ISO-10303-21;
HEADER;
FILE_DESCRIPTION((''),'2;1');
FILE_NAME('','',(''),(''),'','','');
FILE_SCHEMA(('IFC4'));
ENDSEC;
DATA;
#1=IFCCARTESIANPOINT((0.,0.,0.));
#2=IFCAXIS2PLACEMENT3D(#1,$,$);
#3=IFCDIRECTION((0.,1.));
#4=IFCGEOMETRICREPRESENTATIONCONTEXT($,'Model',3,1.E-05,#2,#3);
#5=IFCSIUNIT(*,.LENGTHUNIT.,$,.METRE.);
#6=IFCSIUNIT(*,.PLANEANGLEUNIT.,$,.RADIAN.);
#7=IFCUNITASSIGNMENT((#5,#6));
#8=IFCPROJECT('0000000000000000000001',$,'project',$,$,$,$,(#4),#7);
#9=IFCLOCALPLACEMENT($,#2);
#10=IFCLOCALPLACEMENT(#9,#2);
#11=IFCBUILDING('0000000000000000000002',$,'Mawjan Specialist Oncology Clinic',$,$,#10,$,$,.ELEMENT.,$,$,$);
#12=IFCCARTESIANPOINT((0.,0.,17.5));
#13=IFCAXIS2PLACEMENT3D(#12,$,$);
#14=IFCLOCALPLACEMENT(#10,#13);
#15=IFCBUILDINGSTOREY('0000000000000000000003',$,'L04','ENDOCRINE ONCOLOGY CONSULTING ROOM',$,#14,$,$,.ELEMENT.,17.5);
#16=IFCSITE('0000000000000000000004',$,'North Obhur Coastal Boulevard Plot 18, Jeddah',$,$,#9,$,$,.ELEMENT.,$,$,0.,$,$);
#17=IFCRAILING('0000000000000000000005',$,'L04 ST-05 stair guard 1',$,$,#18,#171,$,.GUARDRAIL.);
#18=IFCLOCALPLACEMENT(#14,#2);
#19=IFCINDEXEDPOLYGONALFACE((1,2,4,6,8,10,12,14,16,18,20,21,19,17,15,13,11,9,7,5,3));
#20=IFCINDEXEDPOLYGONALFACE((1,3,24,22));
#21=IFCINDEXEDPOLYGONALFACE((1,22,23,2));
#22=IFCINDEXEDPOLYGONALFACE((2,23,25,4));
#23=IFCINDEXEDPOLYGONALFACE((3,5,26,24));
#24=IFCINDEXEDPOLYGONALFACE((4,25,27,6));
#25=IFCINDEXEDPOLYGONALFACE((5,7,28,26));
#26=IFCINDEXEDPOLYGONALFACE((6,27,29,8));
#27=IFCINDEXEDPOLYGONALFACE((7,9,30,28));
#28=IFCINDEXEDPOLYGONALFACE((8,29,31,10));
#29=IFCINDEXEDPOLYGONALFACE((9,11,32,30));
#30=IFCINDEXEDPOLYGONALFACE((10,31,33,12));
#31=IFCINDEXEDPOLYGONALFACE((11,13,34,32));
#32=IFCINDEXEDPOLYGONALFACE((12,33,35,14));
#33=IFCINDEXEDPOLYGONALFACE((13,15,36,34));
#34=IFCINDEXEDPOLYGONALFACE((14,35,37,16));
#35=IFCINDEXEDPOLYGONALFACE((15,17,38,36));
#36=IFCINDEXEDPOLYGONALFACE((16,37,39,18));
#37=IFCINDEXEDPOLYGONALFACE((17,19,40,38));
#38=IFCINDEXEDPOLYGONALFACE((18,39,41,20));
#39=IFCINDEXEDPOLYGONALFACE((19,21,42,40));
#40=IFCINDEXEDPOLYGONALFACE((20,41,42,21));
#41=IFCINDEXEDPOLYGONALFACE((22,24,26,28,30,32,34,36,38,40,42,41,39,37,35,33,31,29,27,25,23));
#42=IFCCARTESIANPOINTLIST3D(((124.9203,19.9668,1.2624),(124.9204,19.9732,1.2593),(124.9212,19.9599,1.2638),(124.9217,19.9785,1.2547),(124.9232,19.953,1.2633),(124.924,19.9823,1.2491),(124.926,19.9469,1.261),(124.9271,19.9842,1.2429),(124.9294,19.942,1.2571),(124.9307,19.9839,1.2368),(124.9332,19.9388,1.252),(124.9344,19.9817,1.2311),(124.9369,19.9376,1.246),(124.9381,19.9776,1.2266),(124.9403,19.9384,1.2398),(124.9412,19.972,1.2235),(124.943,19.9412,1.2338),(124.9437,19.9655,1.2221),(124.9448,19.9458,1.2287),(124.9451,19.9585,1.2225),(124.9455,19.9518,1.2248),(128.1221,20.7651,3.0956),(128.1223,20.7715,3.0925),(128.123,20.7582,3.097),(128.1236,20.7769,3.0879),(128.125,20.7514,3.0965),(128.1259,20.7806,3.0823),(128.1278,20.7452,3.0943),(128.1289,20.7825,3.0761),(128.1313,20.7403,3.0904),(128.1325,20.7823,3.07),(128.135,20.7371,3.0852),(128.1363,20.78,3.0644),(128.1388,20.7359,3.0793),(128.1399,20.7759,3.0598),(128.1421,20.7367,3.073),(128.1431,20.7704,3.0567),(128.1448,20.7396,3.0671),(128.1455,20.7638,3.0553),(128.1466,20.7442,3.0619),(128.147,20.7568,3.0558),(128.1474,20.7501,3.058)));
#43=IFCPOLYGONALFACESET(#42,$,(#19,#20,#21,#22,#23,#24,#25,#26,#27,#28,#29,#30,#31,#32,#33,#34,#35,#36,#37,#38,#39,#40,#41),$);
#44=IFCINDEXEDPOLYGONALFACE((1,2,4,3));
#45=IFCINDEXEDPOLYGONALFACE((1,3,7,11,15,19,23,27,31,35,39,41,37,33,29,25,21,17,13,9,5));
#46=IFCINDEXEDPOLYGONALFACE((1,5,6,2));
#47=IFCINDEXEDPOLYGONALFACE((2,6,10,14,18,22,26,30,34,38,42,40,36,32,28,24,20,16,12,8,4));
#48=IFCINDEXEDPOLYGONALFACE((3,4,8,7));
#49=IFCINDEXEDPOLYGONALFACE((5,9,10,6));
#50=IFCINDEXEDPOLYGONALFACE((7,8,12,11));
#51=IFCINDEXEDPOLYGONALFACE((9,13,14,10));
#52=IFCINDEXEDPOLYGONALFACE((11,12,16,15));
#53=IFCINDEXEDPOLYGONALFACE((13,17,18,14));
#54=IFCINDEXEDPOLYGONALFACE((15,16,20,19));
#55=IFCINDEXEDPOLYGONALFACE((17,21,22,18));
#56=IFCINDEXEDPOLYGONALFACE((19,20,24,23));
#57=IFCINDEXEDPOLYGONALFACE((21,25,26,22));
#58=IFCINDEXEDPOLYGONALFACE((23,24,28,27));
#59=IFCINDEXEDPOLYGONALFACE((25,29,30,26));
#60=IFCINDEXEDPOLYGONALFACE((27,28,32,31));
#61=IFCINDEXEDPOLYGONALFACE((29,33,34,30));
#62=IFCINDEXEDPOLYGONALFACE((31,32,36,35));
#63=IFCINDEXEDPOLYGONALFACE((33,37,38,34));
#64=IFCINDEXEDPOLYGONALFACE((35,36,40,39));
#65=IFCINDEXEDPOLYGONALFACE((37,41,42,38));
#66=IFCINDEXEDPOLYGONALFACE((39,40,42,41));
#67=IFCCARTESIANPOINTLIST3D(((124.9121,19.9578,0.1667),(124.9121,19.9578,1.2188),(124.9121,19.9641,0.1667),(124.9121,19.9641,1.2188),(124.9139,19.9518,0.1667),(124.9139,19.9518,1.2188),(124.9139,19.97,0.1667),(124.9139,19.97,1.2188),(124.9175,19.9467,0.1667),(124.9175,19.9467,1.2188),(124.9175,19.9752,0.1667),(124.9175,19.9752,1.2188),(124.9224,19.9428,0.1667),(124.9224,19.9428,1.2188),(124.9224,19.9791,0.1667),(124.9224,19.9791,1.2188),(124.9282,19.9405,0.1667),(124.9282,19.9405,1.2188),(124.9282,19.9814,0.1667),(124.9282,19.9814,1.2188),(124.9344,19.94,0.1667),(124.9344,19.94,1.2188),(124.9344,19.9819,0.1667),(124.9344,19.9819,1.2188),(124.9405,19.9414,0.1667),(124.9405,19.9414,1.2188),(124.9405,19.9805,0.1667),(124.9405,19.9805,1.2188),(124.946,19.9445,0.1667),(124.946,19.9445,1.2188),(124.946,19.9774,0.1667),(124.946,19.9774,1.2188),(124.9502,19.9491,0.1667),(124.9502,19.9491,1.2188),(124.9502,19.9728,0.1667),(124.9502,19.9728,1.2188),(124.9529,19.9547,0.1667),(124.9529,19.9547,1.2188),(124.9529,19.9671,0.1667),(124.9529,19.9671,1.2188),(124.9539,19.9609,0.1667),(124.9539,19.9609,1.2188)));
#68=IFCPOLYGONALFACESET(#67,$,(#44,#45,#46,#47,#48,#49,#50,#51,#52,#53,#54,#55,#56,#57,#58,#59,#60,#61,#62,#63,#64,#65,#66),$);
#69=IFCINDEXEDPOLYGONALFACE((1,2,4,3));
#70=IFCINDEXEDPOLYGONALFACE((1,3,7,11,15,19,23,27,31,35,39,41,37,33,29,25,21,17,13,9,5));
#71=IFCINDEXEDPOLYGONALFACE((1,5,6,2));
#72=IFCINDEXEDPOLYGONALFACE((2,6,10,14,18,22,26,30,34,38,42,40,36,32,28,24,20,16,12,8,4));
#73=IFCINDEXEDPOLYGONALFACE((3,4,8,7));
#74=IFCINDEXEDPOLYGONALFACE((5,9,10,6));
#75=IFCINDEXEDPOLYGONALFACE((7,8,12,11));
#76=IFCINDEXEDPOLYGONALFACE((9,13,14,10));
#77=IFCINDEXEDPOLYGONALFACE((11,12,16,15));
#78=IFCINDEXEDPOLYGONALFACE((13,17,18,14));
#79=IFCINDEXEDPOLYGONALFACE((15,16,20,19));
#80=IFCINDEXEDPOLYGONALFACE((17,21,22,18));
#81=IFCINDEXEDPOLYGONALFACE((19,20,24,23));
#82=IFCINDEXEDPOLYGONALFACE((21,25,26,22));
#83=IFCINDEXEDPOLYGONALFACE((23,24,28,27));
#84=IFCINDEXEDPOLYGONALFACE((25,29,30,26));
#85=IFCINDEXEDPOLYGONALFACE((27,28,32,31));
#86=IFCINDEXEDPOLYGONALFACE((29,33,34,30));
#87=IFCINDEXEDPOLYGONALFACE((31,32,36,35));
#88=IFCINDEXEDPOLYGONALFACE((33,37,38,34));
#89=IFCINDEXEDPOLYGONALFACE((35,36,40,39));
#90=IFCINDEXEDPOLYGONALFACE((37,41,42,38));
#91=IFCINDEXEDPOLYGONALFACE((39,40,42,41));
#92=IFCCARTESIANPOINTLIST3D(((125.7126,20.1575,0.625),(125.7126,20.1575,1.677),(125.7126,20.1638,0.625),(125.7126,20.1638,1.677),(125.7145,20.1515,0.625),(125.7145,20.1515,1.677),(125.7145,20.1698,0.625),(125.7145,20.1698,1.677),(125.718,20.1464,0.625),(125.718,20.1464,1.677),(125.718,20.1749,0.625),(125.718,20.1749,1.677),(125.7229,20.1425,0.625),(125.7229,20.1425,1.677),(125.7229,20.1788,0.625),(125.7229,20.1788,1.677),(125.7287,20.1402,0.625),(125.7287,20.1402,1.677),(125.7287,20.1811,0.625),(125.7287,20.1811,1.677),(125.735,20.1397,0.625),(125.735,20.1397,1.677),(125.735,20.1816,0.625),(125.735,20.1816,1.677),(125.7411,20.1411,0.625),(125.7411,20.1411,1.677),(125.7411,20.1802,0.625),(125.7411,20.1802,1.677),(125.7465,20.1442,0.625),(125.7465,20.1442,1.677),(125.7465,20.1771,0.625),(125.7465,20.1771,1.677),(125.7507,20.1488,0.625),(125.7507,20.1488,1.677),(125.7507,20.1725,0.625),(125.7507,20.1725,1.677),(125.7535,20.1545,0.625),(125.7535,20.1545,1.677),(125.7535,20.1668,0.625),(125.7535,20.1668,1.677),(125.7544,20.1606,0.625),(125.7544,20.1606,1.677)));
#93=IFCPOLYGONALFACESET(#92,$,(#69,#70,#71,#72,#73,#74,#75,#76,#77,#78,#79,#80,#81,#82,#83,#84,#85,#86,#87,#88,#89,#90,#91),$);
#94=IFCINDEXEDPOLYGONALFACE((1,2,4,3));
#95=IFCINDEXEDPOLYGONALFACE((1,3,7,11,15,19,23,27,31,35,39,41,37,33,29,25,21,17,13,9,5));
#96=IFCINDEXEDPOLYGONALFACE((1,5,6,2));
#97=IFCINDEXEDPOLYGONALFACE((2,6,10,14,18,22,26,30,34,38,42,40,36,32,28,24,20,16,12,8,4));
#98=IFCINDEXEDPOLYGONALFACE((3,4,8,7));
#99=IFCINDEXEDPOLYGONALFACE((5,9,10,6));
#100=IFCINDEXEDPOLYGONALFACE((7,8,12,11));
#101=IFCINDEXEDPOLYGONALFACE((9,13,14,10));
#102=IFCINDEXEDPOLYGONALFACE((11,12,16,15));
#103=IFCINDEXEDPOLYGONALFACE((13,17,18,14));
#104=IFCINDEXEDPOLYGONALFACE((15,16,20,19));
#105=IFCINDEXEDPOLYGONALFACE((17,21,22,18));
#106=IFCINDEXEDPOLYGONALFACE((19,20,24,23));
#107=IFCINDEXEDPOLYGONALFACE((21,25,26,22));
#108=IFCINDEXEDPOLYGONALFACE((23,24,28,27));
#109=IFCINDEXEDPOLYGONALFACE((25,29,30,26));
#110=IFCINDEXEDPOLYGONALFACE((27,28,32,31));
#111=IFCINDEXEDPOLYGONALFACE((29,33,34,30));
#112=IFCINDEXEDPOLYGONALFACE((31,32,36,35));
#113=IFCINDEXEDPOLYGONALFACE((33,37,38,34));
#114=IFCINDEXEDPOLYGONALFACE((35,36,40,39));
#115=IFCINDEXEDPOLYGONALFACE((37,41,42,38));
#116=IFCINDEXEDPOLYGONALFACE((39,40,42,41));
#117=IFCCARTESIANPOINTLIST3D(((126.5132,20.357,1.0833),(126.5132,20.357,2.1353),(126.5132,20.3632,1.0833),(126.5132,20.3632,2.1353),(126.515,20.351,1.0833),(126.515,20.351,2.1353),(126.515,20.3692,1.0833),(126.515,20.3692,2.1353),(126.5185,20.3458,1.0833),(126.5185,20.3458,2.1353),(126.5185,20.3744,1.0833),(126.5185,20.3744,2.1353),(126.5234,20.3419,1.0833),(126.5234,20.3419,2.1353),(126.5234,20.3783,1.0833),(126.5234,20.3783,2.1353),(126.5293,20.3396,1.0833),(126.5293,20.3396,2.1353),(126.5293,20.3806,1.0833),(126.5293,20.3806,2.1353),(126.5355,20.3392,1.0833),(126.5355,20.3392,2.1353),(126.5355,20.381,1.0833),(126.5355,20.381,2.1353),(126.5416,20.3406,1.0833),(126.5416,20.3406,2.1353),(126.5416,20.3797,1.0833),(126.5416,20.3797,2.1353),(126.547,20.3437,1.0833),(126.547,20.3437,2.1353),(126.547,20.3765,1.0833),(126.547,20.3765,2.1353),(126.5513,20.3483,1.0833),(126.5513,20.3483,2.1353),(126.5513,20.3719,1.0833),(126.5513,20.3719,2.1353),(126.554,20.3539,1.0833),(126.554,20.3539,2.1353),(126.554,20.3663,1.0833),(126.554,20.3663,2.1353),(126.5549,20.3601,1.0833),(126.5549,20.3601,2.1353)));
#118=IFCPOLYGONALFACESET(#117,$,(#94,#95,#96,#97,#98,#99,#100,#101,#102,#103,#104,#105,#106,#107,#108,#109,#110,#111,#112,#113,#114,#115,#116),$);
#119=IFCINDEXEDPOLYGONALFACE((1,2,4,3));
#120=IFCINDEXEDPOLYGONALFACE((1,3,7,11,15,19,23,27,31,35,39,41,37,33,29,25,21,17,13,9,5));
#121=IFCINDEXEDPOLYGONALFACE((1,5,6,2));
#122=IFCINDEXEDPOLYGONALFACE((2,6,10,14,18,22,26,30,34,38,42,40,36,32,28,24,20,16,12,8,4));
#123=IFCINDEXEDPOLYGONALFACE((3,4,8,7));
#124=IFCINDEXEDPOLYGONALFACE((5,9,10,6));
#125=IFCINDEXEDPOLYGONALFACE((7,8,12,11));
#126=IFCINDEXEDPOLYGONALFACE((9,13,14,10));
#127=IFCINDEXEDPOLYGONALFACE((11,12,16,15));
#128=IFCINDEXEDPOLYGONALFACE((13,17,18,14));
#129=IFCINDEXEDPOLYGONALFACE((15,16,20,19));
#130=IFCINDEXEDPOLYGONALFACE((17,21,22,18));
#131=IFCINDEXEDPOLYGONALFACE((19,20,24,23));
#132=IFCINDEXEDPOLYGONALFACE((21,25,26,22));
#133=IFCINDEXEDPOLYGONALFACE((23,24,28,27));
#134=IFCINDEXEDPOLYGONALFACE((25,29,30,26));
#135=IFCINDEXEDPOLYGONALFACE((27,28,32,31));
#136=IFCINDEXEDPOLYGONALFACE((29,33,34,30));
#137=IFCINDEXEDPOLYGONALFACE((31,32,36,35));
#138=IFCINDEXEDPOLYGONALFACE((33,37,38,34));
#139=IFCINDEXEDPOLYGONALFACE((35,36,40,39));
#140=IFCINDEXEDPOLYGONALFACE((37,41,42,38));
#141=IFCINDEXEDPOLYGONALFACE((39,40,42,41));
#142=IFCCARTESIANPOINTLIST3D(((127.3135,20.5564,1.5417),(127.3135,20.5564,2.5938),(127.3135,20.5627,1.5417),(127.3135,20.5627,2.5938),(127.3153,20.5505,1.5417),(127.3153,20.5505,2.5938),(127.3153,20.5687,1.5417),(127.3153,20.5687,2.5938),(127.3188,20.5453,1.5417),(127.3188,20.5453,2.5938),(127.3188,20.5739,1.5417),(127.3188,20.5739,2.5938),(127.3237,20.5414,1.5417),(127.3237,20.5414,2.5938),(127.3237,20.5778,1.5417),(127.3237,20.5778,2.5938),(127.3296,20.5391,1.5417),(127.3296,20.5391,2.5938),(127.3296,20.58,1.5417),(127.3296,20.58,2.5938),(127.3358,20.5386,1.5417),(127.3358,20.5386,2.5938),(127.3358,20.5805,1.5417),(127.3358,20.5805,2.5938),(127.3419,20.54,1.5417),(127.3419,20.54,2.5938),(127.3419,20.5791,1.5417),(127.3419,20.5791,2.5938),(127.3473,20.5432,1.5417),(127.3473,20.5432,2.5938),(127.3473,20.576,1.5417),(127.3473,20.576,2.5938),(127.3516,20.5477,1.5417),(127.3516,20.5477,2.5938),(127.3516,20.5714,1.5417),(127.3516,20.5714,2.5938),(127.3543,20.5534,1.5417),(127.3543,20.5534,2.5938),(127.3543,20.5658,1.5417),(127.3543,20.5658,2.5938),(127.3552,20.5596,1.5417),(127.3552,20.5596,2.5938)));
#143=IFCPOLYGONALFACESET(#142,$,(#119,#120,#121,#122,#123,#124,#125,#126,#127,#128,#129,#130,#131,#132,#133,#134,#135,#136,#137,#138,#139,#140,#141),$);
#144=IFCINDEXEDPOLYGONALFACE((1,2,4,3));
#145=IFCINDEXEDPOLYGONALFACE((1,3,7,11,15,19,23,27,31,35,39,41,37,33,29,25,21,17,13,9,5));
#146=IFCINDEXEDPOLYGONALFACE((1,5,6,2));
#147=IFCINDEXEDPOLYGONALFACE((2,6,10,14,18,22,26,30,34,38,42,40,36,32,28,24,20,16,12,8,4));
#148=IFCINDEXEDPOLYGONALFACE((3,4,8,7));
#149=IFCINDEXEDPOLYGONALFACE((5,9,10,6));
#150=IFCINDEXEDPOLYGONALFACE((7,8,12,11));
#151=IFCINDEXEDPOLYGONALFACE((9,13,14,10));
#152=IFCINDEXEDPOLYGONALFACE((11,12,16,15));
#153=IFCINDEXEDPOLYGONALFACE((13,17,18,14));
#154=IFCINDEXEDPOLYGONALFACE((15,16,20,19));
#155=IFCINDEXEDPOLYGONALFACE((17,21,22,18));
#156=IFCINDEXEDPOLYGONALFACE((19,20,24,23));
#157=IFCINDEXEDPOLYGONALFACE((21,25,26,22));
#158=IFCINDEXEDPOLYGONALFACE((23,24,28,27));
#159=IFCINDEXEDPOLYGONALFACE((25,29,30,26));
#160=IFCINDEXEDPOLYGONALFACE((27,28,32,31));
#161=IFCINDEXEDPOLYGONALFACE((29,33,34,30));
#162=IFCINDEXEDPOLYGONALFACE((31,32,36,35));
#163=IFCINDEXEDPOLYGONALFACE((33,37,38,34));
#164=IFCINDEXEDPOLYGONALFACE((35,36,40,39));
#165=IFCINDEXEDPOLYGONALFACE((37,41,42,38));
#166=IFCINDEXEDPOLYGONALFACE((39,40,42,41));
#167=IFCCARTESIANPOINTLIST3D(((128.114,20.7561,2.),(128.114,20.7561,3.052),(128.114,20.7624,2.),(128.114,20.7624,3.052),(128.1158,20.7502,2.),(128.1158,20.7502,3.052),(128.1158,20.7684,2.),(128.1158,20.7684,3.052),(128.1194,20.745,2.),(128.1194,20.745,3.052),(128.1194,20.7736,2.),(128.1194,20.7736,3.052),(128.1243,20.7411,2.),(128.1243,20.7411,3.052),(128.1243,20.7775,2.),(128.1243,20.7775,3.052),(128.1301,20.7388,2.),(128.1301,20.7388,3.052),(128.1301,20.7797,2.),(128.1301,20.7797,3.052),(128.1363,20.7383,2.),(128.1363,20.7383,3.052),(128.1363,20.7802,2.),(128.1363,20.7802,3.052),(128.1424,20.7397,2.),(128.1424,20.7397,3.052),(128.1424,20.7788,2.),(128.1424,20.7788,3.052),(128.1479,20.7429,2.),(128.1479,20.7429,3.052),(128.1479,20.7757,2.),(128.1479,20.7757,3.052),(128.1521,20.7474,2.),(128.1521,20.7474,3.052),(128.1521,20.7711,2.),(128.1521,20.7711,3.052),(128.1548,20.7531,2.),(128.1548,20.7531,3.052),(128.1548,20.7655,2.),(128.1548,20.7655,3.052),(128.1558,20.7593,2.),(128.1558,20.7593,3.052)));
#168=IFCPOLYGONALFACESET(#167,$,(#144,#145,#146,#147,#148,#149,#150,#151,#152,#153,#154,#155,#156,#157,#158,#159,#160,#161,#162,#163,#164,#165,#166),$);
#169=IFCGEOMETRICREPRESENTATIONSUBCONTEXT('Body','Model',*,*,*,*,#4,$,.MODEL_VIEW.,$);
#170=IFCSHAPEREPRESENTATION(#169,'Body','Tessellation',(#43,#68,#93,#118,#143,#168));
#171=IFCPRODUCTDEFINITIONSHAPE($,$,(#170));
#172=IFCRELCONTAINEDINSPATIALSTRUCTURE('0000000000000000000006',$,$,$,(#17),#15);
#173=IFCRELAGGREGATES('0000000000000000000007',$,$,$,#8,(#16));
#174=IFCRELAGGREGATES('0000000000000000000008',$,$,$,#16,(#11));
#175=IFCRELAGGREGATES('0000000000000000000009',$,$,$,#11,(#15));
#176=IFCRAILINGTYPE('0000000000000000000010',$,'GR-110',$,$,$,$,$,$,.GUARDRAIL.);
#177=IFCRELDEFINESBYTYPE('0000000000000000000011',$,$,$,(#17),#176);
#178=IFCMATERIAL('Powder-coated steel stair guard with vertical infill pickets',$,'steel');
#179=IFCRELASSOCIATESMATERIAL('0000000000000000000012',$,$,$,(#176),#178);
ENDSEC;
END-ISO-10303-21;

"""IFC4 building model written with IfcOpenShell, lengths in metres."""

from ifc_helpers import new_model, si_unit, direction, frame, origin, origin_2d, place, context, subcontext, project, spatial, circle, extrude, material, type_object, element, save


model = new_model("IFC4")

# Units and contexts
model_context = context("Model", 3, precision=1e-05, world=origin(), true_north=direction((0.0, 1.0)))
body_context = subcontext(model_context, "Body", "Model", "MODEL_VIEW")
ifc_project = project(units=[si_unit("LENGTHUNIT", "METRE"), si_unit("PLANEANGLEUNIT", "RADIAN")], contexts=[model_context])

# Site, building, storey
site_placement = place(None, origin())
site = spatial("IfcSite", under=ifc_project, at=site_placement, Name="North Obhur Coastal Boulevard Plot 18, Jeddah", CompositionType="ELEMENT", RefElevation=0.0)
building_placement = place(site_placement, origin())
building = spatial("IfcBuilding", under=site, at=building_placement, Name="Mawjan Specialist Oncology Clinic", CompositionType="ELEMENT")
storey_placement = place(building_placement, frame((0.0, 0.0, 17.5)))
storey = spatial("IfcBuildingStorey", under=building, at=storey_placement, Name="L04", Description="ENDOCRINE ONCOLOGY CONSULTING ROOM", CompositionType="ELEMENT", Elevation=17.5)

# Railing
ifc_material_1 = material(Name="Powder-coated steel stair guard with vertical infill pickets", Category="steel")
railing_type_1 = type_object("IfcRailingType", Name="GR-110", PredefinedType="GUARDRAIL", material=ifc_material_1)
railing_1_placement = place(storey_placement, frame((124.9329, 19.9609, 0.1667)))
element("IfcRailing", 1, at=railing_1_placement, inside=storey, type_object=railing_type_1, Name="L04 ST-05 stair guard 1", PredefinedType="GUARDRAIL", context=body_context, shape_type="SweptSolid", body=[
    extrude(circle(Radius=0.0239, at=origin_2d()), frame((0.0, 0.0, 1.0762), z_axis=(0.848195, 0.211483, 0.485634), x_axis=(-0.241926, 0.970295, 0.0)), (0.0, 0.0, 1.0), 3.7749),
    extrude(circle(Radius=0.021, at=origin_2d()), origin(), (0.0, 0.0, 1.0), 1.052),
    extrude(circle(Radius=0.021, at=origin_2d()), frame((0.8005, 0.1997, 0.4583)), (0.0, 0.0, 1.0), 1.052),
    extrude(circle(Radius=0.021, at=origin_2d()), frame((1.6011, 0.3992, 0.9165)), (0.0, 0.0, 1.0), 1.052),
    extrude(circle(Radius=0.021, at=origin_2d()), frame((2.4014, 0.5986, 1.375)), (0.0, 0.0, 1.0), 1.052),
    extrude(circle(Radius=0.021, at=origin_2d()), frame((3.2019, 0.7983, 1.8333)), (0.0, 0.0, 1.0), 1.052),
])

save(model, "model.ifc")
